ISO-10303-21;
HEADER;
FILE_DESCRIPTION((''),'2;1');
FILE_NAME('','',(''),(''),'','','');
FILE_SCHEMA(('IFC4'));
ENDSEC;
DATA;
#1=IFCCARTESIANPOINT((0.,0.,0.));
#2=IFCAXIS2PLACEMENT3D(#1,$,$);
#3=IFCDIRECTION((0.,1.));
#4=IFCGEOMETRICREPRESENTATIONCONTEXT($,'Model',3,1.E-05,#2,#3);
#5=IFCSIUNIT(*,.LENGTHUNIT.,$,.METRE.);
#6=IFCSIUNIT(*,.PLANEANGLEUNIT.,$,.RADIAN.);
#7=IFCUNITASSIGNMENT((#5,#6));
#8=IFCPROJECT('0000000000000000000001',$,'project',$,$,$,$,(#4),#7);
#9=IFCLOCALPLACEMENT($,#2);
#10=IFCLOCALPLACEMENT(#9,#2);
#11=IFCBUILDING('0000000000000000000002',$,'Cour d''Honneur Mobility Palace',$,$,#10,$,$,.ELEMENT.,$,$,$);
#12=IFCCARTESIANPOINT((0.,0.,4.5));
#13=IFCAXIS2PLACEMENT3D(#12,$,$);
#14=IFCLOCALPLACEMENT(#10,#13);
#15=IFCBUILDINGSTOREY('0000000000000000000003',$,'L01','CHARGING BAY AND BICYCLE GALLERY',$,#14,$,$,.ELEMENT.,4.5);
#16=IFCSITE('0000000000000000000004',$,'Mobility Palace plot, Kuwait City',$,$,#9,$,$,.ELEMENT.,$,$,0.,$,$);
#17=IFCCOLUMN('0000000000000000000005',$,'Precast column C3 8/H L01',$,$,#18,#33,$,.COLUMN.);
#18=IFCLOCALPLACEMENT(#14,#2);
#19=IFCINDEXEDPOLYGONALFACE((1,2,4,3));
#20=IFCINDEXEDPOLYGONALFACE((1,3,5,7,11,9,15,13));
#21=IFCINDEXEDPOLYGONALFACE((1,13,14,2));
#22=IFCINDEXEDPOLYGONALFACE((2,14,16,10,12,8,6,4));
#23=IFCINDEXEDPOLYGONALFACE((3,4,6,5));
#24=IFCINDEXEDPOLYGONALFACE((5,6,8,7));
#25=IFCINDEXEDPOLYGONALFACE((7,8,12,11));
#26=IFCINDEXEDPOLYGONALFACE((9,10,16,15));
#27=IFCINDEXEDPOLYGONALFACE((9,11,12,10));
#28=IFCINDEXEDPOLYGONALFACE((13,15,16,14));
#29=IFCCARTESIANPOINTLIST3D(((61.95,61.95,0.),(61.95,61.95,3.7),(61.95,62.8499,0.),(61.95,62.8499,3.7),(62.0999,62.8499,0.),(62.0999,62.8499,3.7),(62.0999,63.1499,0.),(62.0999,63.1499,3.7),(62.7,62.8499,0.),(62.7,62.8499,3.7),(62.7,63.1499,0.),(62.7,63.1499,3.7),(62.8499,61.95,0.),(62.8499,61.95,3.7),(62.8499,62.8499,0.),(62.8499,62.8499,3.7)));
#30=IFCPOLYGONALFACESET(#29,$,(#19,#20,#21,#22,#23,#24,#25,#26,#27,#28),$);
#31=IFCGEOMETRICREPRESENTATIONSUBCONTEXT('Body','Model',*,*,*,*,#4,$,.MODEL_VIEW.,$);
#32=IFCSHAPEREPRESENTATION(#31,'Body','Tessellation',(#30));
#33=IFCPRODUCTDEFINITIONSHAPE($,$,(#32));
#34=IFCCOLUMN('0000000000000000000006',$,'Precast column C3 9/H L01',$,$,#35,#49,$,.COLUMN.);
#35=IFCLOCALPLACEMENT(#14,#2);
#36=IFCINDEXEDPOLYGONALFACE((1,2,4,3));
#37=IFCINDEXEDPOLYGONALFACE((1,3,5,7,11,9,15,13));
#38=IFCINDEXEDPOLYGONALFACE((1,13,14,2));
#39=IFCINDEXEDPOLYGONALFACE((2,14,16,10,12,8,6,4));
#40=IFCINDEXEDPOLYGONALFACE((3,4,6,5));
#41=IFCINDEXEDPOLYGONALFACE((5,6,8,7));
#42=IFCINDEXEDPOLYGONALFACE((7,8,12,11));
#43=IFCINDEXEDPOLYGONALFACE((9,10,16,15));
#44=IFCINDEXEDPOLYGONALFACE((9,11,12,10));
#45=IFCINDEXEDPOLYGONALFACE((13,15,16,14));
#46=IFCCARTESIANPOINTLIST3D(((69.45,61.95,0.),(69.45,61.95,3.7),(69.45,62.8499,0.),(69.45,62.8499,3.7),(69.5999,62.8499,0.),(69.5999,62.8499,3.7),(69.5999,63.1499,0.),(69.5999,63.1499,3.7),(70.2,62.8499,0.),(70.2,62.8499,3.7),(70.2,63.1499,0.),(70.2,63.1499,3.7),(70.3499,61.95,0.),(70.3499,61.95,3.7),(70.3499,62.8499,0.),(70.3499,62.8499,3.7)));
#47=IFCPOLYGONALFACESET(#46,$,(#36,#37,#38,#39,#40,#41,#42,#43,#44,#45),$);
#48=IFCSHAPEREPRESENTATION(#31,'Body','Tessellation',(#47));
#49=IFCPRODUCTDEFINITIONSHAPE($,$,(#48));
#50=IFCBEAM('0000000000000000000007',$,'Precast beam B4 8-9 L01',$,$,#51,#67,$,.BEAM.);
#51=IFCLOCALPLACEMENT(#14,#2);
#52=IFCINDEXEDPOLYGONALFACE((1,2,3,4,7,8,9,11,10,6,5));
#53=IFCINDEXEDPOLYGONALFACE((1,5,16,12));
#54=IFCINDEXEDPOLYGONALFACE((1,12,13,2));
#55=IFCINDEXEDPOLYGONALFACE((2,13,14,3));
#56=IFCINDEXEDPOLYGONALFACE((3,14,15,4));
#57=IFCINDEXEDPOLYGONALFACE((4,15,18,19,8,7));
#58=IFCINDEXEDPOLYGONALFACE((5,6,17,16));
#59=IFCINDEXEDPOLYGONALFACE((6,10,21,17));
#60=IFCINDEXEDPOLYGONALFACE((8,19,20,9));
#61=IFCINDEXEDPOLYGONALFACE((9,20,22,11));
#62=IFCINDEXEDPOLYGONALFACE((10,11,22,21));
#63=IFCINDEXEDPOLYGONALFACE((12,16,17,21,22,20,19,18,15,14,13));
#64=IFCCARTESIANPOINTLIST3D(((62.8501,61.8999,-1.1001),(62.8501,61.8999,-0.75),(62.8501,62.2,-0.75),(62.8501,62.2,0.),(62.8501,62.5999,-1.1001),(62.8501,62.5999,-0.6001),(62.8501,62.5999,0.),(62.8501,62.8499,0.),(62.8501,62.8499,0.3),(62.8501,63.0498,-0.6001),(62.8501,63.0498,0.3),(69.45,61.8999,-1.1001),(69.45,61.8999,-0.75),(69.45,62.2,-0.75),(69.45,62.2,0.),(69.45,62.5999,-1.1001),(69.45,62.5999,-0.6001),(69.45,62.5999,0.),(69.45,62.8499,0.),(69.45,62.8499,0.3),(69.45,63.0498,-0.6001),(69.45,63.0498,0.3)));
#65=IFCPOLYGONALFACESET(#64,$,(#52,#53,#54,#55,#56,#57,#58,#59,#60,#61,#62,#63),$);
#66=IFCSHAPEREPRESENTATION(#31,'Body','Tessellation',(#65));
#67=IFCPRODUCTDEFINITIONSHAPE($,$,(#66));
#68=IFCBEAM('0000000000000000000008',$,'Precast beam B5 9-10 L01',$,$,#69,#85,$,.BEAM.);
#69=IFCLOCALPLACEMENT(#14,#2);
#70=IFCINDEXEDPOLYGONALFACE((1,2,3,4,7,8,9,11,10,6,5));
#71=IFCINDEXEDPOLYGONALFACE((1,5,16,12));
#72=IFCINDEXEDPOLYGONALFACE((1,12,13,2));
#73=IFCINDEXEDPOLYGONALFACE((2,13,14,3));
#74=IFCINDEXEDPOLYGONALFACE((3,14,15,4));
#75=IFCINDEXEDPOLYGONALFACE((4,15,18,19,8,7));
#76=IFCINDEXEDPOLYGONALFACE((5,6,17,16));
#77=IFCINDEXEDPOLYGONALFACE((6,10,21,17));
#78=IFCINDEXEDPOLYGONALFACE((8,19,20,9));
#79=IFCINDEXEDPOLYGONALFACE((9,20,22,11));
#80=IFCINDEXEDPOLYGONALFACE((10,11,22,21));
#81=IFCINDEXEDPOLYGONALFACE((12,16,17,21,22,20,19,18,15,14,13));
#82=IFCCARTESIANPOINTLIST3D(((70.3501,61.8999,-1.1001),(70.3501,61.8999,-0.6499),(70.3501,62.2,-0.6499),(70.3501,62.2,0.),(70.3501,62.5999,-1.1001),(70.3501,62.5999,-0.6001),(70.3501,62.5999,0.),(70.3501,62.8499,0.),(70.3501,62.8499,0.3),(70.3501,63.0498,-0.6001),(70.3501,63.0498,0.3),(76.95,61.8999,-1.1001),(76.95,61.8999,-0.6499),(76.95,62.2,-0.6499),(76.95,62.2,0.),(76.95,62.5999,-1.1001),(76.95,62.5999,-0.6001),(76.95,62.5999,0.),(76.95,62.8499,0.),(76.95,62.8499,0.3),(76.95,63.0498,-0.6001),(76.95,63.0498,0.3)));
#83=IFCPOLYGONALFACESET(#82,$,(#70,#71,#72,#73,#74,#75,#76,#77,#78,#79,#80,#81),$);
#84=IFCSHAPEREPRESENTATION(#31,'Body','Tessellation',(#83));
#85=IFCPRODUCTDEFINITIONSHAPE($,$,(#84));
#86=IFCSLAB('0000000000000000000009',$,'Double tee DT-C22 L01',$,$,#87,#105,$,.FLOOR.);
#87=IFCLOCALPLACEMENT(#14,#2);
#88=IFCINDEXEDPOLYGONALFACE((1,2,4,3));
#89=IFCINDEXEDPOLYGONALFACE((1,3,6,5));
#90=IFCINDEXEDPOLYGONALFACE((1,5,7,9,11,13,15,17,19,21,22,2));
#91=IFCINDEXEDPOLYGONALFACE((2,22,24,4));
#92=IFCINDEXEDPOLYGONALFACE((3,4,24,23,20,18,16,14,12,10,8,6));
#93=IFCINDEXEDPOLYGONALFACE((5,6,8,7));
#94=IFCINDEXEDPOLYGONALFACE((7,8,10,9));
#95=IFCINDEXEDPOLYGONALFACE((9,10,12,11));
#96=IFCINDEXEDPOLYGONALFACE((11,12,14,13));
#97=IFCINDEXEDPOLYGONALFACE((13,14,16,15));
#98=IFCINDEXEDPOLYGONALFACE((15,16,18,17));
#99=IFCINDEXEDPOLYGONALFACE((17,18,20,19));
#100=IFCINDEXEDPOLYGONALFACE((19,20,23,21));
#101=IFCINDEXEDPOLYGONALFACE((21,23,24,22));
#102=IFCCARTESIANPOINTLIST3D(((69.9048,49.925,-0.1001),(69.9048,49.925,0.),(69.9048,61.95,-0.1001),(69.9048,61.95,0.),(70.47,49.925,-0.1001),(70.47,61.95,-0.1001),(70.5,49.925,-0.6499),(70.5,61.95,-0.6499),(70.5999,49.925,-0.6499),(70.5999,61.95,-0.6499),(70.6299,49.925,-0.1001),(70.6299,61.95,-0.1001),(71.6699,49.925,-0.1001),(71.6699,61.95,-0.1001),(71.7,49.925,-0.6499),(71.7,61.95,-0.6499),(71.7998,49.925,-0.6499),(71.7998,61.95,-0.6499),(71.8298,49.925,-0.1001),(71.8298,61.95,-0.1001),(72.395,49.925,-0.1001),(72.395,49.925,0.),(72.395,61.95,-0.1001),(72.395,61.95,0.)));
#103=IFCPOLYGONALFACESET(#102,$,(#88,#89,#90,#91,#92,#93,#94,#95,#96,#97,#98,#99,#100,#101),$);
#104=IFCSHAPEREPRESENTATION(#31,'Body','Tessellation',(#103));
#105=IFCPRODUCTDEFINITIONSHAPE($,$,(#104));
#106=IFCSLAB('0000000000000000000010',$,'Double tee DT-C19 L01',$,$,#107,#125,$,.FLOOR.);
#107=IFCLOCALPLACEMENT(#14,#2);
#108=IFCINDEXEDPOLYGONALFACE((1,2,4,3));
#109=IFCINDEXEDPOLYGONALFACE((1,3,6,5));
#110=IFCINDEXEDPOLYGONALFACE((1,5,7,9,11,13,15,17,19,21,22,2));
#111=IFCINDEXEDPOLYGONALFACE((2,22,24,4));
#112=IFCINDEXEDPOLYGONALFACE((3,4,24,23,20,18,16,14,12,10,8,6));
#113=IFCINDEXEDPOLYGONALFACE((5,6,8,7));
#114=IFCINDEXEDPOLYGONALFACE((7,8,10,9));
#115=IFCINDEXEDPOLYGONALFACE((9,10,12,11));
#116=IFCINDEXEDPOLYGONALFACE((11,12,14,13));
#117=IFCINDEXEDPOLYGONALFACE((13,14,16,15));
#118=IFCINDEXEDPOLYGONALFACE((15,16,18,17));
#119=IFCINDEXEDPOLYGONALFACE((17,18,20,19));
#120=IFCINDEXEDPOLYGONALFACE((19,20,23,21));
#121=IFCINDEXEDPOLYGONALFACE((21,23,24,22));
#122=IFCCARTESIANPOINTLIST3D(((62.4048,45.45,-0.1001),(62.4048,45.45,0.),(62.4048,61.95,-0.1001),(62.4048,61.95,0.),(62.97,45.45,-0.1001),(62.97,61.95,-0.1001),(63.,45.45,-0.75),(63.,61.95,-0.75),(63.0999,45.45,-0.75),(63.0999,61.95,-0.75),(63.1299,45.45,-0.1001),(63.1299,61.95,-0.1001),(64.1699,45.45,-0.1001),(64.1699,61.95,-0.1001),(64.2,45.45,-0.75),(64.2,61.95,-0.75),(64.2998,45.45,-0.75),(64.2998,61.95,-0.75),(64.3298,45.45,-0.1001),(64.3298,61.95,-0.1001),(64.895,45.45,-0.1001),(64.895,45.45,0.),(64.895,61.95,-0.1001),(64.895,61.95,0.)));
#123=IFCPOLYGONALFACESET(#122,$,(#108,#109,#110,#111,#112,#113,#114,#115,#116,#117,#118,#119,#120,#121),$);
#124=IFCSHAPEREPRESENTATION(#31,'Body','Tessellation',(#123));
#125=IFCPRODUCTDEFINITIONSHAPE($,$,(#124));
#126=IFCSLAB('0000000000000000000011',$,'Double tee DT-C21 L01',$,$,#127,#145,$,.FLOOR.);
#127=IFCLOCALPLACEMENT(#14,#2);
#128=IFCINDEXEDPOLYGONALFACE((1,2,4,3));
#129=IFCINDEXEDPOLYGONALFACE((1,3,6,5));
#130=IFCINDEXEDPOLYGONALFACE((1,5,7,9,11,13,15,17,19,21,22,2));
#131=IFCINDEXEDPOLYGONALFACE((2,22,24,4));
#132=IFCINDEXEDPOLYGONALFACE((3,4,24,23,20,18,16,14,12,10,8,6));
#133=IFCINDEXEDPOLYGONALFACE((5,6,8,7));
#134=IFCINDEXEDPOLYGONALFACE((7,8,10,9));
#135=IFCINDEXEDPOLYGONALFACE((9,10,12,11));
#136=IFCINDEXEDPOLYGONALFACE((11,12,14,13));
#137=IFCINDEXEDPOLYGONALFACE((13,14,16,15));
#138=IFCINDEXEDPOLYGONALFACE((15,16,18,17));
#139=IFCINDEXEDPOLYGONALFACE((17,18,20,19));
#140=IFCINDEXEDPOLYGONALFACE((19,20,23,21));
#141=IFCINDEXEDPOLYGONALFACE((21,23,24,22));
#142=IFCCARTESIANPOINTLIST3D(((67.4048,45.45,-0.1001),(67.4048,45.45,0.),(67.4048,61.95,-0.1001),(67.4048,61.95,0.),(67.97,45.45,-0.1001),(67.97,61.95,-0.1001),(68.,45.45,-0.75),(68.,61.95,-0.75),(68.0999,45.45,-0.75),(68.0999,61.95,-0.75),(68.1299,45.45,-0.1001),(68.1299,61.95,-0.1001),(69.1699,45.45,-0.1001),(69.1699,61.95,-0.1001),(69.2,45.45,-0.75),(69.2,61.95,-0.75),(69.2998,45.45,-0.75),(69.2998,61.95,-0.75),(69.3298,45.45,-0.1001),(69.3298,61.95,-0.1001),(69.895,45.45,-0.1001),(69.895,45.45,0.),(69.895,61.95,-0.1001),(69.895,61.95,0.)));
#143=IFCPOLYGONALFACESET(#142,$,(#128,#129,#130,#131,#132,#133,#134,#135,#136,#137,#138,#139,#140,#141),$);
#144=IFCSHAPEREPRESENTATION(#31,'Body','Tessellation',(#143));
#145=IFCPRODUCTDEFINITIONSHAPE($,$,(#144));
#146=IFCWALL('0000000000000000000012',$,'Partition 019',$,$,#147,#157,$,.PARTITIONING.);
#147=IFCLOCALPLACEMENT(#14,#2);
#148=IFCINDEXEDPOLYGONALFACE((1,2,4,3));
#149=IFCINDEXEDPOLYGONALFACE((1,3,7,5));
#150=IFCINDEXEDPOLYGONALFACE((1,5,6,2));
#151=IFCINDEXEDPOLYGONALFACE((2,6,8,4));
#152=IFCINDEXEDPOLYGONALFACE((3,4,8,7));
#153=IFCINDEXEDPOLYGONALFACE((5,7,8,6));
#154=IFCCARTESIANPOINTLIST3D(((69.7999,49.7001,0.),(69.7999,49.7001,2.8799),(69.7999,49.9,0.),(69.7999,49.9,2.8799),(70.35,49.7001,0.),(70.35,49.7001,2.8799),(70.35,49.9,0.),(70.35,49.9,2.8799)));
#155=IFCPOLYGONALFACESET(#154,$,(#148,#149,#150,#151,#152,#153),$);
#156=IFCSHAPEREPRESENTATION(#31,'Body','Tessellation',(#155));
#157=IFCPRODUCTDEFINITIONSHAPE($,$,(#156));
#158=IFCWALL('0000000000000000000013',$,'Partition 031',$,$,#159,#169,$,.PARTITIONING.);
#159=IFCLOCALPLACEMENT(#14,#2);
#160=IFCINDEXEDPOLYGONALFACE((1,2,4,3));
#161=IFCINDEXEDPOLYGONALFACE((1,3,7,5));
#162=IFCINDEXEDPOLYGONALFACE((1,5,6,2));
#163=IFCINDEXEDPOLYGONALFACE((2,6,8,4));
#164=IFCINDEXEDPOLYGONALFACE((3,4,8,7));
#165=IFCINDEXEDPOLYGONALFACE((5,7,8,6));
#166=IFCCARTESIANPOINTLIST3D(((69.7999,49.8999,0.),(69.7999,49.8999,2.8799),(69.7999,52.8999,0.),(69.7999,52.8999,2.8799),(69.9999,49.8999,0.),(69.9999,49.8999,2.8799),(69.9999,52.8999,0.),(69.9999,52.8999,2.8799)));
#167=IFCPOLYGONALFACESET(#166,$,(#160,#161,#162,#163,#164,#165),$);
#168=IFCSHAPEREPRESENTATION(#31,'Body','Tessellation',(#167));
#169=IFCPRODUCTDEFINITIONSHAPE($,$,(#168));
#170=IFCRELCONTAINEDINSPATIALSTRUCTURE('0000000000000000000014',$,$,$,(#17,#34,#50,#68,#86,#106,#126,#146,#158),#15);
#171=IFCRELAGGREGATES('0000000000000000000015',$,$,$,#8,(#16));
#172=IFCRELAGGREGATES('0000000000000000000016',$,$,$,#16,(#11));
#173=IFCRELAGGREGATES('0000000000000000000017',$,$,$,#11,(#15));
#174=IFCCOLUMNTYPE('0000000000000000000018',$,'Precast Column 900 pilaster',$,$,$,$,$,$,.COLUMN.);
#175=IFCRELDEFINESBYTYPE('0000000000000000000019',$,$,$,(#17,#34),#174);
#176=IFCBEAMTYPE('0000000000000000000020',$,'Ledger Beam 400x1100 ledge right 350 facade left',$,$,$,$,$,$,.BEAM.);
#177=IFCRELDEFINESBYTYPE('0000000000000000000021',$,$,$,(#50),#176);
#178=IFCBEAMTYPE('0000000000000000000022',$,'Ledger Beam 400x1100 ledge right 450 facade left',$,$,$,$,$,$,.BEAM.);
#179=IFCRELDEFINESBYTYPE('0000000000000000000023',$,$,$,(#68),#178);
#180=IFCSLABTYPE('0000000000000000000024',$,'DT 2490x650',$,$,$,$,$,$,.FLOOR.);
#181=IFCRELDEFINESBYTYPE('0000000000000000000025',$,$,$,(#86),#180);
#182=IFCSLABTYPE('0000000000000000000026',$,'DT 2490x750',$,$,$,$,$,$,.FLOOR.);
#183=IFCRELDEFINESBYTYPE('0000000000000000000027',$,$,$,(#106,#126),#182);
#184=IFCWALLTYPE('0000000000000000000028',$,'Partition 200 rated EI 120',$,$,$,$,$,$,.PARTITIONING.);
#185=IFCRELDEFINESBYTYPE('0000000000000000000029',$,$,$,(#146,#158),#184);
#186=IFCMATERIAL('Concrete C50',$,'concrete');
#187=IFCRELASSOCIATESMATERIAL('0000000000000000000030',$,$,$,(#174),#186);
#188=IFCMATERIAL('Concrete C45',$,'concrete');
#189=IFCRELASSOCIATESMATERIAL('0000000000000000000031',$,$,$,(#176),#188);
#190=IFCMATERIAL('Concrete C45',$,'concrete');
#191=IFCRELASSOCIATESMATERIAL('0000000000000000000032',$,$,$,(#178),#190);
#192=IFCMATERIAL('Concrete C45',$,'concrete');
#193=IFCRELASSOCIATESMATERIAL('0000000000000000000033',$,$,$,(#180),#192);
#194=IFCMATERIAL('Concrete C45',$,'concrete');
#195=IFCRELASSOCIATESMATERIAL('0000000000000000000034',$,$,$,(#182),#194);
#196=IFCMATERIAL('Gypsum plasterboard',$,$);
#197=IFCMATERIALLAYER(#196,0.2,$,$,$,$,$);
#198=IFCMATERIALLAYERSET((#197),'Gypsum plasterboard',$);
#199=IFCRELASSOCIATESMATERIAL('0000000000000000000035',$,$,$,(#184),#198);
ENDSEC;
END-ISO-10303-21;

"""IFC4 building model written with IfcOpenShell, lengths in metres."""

from ifc_helpers import new_model, si_unit, direction, frame, frame_2d, origin, place, context, subcontext, project, spatial, polyline, rectangle, outline, extrude, material, layer, layer_set, material_profile, profile_set, type_object, element, save


model = new_model("IFC4")

# Units and contexts
model_context = context("Model", 3, precision=1e-05, world=origin(), true_north=direction((0.0, 1.0)))
body_context = subcontext(model_context, "Body", "Model", "MODEL_VIEW")
ifc_project = project(units=[si_unit("LENGTHUNIT", "METRE"), si_unit("PLANEANGLEUNIT", "RADIAN")], contexts=[model_context])

# Site, building, storey
site_placement = place(None, origin())
site = spatial("IfcSite", under=ifc_project, at=site_placement, Name="Mobility Palace plot, Kuwait City", CompositionType="ELEMENT", RefElevation=0.0)
building_placement = place(site_placement, origin())
building = spatial("IfcBuilding", under=site, at=building_placement, Name="Cour d'Honneur Mobility Palace", CompositionType="ELEMENT")
storey_placement = place(building_placement, frame((0.0, 0.0, 4.5)))
storey = spatial("IfcBuildingStorey", under=building, at=storey_placement, Name="L01", Description="CHARGING BAY AND BICYCLE GALLERY", CompositionType="ELEMENT", Elevation=4.5)

# Columns
ifc_material_1 = material(Name="Concrete C50", Category="concrete")
ifc_material_profile_1 = material_profile(ifc_material_1, outline(polyline([(-0.45, -0.45), (0.45, -0.45), (0.45, -0.3), (0.75, -0.3), (0.75, 0.3), (0.45, 0.3), (0.45, 0.45), (-0.45, 0.45), (-0.45, -0.45)])), Name="PC C900 pilaster")
ifc_profile_set_1 = profile_set([ifc_material_profile_1], Name="Concrete C50")
column_type = type_object("IfcColumnType", Name="Precast Column 900 pilaster", PredefinedType="COLUMN", material=ifc_profile_set_1)
for number, where, z_axis, x_axis, name in (
    (1, (62.3999, 62.3999, 0.0), (0.0, 0.0, 1.0), (0.0, 1.0, 0.0), "Precast column C3 8/H L01"),
    (2, (69.8999, 62.3999, 0.0), (0.0, 0.0, 1.0), (0.0, 1.0, 0.0), "Precast column C3 9/H L01"),
):
    element("IfcColumn", number, at=place(storey_placement, frame(where, z_axis=z_axis, x_axis=x_axis)), inside=storey, type_object=column_type, Name=name, PredefinedType="COLUMN", context=body_context, shape_type="SweptSolid", body=[
        extrude(outline(polyline([(-0.45, -0.45), (0.45, -0.45), (0.45, -0.3), (0.75, -0.3), (0.75, 0.3), (0.45, 0.3), (0.45, 0.45), (-0.45, 0.45), (-0.45, -0.45)])), origin(), (0.0, 0.0, 1.0), 3.7),
    ])

# Beams
ifc_material_2 = material(Name="Concrete C45", Category="concrete")
ifc_material_profile_2 = material_profile(ifc_material_2, outline(polyline([(0.2, -1.1001), (0.2, -0.6001), (0.6499, -0.6001), (0.6499, 0.3), (0.45, 0.3), (0.45, 0.0), (0.2, 0.0), (-0.2, 0.0), (-0.2, -0.75), (-0.5, -0.75), (-0.5, -1.1001), (0.2, -1.1001)])), Name="Ledger Beam 400x1100 ledge right 350 facade left")
ifc_profile_set_2 = profile_set([ifc_material_profile_2], Name="Concrete C45")
beam_type_1 = type_object("IfcBeamType", Name="Ledger Beam 400x1100 ledge right 350 facade left", PredefinedType="BEAM", material=ifc_profile_set_2)
beam_1_placement = place(storey_placement, frame((62.8501, 62.3999, 0.0), z_axis=(1.0, 0.0, 0.0), x_axis=(0.0, 1.0, 0.0)))
element("IfcBeam", 3, at=beam_1_placement, inside=storey, type_object=beam_type_1, Name="Precast beam B4 8-9 L01", PredefinedType="BEAM", context=body_context, shape_type="SweptSolid", body=[
    extrude(outline(polyline([(0.2, -1.1001), (0.2, -0.6001), (0.6499, -0.6001), (0.6499, 0.3), (0.45, 0.3), (0.45, 0.0), (0.2, 0.0), (-0.2, 0.0), (-0.2, -0.75), (-0.5, -0.75), (-0.5, -1.1001), (0.2, -1.1001)])), origin(), (0.0, 0.0, 1.0), 6.5999),
])
ifc_material_3 = material(Name="Concrete C45", Category="concrete")
ifc_material_profile_3 = material_profile(ifc_material_3, outline(polyline([(0.2, -1.1001), (0.2, -0.6001), (0.6499, -0.6001), (0.6499, 0.3), (0.45, 0.3), (0.45, 0.0), (0.2, 0.0), (-0.2, 0.0), (-0.2, -0.6499), (-0.5, -0.6499), (-0.5, -1.1001), (0.2, -1.1001)])), Name="Ledger Beam 400x1100 ledge right 450 facade left")
ifc_profile_set_3 = profile_set([ifc_material_profile_3], Name="Concrete C45")
beam_type_2 = type_object("IfcBeamType", Name="Ledger Beam 400x1100 ledge right 450 facade left", PredefinedType="BEAM", material=ifc_profile_set_3)
beam_2_placement = place(storey_placement, frame((70.3501, 62.3999, 0.0), z_axis=(1.0, 0.0, 0.0), x_axis=(0.0, 1.0, 0.0)))
element("IfcBeam", 4, at=beam_2_placement, inside=storey, type_object=beam_type_2, Name="Precast beam B5 9-10 L01", PredefinedType="BEAM", context=body_context, shape_type="SweptSolid", body=[
    extrude(outline(polyline([(0.2, -1.1001), (0.2, -0.6001), (0.6499, -0.6001), (0.6499, 0.3), (0.45, 0.3), (0.45, 0.0), (0.2, 0.0), (-0.2, 0.0), (-0.2, -0.6499), (-0.5, -0.6499), (-0.5, -1.1001), (0.2, -1.1001)])), origin(), (0.0, 0.0, 1.0), 6.5999),
])

# Slabs
ifc_material_4 = material(Name="Concrete C45", Category="concrete")
ifc_material_profile_4 = material_profile(ifc_material_4, outline(polyline([(-1.2451, 0.0), (1.2451, 0.0), (1.2451, -0.1001), (0.6799, -0.1001), (0.6499, -0.6499), (0.55, -0.6499), (0.52, -0.1001), (-0.52, -0.1001), (-0.55, -0.6499), (-0.6499, -0.6499), (-0.6799, -0.1001), (-1.2451, -0.1001), (-1.2451, 0.0)])), Name="DT 2490x650")
ifc_profile_set_4 = profile_set([ifc_material_profile_4], Name="Concrete C45")
slab_type_1 = type_object("IfcSlabType", Name="DT 2490x650", PredefinedType="FLOOR", material=ifc_profile_set_4)
slab_placement = place(storey_placement, frame((71.1499, 49.925, 0.0), z_axis=(0.0, 1.0, 0.0), x_axis=(-1.0, 0.0, 0.0)))
element("IfcSlab", 5, at=slab_placement, inside=storey, type_object=slab_type_1, Name="Double tee DT-C22 L01", PredefinedType="FLOOR", context=body_context, shape_type="SweptSolid", body=[
    extrude(outline(polyline([(-1.2451, 0.0), (1.2451, 0.0), (1.2451, -0.1001), (0.6799, -0.1001), (0.6499, -0.6499), (0.55, -0.6499), (0.52, -0.1001), (-0.52, -0.1001), (-0.55, -0.6499), (-0.6499, -0.6499), (-0.6799, -0.1001), (-1.2451, -0.1001), (-1.2451, 0.0)])), origin(), (0.0, 0.0, 1.0), 12.0249),
])
ifc_material_5 = material(Name="Concrete C45", Category="concrete")
ifc_material_profile_5 = material_profile(ifc_material_5, outline(polyline([(-1.2451, 0.0), (1.2451, 0.0), (1.2451, -0.1001), (0.6799, -0.1001), (0.6499, -0.75), (0.55, -0.75), (0.52, -0.1001), (-0.52, -0.1001), (-0.55, -0.75), (-0.6499, -0.75), (-0.6799, -0.1001), (-1.2451, -0.1001), (-1.2451, 0.0)])), Name="DT 2490x750")
ifc_profile_set_5 = profile_set([ifc_material_profile_5], Name="Concrete C45")
slab_type_2 = type_object("IfcSlabType", Name="DT 2490x750", PredefinedType="FLOOR", material=ifc_profile_set_5)
for number, where, z_axis, x_axis, name in (
    (6, (63.6499, 45.45, 0.0), (0.0, 1.0, 0.0), (-1.0, 0.0, 0.0), "Double tee DT-C19 L01"),
    (7, (68.6499, 45.45, 0.0), (0.0, 1.0, 0.0), (-1.0, 0.0, 0.0), "Double tee DT-C21 L01"),
):
    element("IfcSlab", number, at=place(storey_placement, frame(where, z_axis=z_axis, x_axis=x_axis)), inside=storey, type_object=slab_type_2, Name=name, PredefinedType="FLOOR", context=body_context, shape_type="SweptSolid", body=[
        extrude(outline(polyline([(-1.2451, 0.0), (1.2451, 0.0), (1.2451, -0.1001), (0.6799, -0.1001), (0.6499, -0.75), (0.55, -0.75), (0.52, -0.1001), (-0.52, -0.1001), (-0.55, -0.75), (-0.6499, -0.75), (-0.6799, -0.1001), (-1.2451, -0.1001), (-1.2451, 0.0)])), origin(), (0.0, 0.0, 1.0), 16.5),
    ])

# Walls
ifc_material_6 = material(Name="Gypsum plasterboard")
ifc_layer_1 = layer(ifc_material_6, 0.2)
ifc_layer_set_1 = layer_set([ifc_layer_1], Name="Gypsum plasterboard")
wall_type_1 = type_object("IfcWallType", Name="Partition 200 rated EI 120", PredefinedType="PARTITIONING", material=ifc_layer_set_1)
wall_1_placement = place(storey_placement, frame((69.8, 49.8, 0.0), z_axis=(0.0, 0.0, 1.0), x_axis=(1.0, 0.0, 0.0)))
element("IfcWall", 8, at=wall_1_placement, inside=storey, type_object=wall_type_1, Name="Partition 019", PredefinedType="PARTITIONING", context=body_context, shape_type="SweptSolid", body=[
    extrude(rectangle(XDim=0.55, YDim=0.2, at=frame_2d((0.2749, 0.0))), origin(), (0.0, 0.0, 1.0), 2.8799),
])
wall_2_placement = place(storey_placement, frame((69.8999, 52.8999, 0.0), z_axis=(0.0, 0.0, 1.0), x_axis=(0.0, -1.0, 0.0)))
element("IfcWall", 9, at=wall_2_placement, inside=storey, type_object=wall_type_1, Name="Partition 031", PredefinedType="PARTITIONING", context=body_context, shape_type="SweptSolid", body=[
    extrude(rectangle(XDim=3.0, YDim=0.2, at=frame_2d((1.5, 0.0))), origin(), (0.0, 0.0, 1.0), 2.8799),
])

save(model, "model.ifc")
